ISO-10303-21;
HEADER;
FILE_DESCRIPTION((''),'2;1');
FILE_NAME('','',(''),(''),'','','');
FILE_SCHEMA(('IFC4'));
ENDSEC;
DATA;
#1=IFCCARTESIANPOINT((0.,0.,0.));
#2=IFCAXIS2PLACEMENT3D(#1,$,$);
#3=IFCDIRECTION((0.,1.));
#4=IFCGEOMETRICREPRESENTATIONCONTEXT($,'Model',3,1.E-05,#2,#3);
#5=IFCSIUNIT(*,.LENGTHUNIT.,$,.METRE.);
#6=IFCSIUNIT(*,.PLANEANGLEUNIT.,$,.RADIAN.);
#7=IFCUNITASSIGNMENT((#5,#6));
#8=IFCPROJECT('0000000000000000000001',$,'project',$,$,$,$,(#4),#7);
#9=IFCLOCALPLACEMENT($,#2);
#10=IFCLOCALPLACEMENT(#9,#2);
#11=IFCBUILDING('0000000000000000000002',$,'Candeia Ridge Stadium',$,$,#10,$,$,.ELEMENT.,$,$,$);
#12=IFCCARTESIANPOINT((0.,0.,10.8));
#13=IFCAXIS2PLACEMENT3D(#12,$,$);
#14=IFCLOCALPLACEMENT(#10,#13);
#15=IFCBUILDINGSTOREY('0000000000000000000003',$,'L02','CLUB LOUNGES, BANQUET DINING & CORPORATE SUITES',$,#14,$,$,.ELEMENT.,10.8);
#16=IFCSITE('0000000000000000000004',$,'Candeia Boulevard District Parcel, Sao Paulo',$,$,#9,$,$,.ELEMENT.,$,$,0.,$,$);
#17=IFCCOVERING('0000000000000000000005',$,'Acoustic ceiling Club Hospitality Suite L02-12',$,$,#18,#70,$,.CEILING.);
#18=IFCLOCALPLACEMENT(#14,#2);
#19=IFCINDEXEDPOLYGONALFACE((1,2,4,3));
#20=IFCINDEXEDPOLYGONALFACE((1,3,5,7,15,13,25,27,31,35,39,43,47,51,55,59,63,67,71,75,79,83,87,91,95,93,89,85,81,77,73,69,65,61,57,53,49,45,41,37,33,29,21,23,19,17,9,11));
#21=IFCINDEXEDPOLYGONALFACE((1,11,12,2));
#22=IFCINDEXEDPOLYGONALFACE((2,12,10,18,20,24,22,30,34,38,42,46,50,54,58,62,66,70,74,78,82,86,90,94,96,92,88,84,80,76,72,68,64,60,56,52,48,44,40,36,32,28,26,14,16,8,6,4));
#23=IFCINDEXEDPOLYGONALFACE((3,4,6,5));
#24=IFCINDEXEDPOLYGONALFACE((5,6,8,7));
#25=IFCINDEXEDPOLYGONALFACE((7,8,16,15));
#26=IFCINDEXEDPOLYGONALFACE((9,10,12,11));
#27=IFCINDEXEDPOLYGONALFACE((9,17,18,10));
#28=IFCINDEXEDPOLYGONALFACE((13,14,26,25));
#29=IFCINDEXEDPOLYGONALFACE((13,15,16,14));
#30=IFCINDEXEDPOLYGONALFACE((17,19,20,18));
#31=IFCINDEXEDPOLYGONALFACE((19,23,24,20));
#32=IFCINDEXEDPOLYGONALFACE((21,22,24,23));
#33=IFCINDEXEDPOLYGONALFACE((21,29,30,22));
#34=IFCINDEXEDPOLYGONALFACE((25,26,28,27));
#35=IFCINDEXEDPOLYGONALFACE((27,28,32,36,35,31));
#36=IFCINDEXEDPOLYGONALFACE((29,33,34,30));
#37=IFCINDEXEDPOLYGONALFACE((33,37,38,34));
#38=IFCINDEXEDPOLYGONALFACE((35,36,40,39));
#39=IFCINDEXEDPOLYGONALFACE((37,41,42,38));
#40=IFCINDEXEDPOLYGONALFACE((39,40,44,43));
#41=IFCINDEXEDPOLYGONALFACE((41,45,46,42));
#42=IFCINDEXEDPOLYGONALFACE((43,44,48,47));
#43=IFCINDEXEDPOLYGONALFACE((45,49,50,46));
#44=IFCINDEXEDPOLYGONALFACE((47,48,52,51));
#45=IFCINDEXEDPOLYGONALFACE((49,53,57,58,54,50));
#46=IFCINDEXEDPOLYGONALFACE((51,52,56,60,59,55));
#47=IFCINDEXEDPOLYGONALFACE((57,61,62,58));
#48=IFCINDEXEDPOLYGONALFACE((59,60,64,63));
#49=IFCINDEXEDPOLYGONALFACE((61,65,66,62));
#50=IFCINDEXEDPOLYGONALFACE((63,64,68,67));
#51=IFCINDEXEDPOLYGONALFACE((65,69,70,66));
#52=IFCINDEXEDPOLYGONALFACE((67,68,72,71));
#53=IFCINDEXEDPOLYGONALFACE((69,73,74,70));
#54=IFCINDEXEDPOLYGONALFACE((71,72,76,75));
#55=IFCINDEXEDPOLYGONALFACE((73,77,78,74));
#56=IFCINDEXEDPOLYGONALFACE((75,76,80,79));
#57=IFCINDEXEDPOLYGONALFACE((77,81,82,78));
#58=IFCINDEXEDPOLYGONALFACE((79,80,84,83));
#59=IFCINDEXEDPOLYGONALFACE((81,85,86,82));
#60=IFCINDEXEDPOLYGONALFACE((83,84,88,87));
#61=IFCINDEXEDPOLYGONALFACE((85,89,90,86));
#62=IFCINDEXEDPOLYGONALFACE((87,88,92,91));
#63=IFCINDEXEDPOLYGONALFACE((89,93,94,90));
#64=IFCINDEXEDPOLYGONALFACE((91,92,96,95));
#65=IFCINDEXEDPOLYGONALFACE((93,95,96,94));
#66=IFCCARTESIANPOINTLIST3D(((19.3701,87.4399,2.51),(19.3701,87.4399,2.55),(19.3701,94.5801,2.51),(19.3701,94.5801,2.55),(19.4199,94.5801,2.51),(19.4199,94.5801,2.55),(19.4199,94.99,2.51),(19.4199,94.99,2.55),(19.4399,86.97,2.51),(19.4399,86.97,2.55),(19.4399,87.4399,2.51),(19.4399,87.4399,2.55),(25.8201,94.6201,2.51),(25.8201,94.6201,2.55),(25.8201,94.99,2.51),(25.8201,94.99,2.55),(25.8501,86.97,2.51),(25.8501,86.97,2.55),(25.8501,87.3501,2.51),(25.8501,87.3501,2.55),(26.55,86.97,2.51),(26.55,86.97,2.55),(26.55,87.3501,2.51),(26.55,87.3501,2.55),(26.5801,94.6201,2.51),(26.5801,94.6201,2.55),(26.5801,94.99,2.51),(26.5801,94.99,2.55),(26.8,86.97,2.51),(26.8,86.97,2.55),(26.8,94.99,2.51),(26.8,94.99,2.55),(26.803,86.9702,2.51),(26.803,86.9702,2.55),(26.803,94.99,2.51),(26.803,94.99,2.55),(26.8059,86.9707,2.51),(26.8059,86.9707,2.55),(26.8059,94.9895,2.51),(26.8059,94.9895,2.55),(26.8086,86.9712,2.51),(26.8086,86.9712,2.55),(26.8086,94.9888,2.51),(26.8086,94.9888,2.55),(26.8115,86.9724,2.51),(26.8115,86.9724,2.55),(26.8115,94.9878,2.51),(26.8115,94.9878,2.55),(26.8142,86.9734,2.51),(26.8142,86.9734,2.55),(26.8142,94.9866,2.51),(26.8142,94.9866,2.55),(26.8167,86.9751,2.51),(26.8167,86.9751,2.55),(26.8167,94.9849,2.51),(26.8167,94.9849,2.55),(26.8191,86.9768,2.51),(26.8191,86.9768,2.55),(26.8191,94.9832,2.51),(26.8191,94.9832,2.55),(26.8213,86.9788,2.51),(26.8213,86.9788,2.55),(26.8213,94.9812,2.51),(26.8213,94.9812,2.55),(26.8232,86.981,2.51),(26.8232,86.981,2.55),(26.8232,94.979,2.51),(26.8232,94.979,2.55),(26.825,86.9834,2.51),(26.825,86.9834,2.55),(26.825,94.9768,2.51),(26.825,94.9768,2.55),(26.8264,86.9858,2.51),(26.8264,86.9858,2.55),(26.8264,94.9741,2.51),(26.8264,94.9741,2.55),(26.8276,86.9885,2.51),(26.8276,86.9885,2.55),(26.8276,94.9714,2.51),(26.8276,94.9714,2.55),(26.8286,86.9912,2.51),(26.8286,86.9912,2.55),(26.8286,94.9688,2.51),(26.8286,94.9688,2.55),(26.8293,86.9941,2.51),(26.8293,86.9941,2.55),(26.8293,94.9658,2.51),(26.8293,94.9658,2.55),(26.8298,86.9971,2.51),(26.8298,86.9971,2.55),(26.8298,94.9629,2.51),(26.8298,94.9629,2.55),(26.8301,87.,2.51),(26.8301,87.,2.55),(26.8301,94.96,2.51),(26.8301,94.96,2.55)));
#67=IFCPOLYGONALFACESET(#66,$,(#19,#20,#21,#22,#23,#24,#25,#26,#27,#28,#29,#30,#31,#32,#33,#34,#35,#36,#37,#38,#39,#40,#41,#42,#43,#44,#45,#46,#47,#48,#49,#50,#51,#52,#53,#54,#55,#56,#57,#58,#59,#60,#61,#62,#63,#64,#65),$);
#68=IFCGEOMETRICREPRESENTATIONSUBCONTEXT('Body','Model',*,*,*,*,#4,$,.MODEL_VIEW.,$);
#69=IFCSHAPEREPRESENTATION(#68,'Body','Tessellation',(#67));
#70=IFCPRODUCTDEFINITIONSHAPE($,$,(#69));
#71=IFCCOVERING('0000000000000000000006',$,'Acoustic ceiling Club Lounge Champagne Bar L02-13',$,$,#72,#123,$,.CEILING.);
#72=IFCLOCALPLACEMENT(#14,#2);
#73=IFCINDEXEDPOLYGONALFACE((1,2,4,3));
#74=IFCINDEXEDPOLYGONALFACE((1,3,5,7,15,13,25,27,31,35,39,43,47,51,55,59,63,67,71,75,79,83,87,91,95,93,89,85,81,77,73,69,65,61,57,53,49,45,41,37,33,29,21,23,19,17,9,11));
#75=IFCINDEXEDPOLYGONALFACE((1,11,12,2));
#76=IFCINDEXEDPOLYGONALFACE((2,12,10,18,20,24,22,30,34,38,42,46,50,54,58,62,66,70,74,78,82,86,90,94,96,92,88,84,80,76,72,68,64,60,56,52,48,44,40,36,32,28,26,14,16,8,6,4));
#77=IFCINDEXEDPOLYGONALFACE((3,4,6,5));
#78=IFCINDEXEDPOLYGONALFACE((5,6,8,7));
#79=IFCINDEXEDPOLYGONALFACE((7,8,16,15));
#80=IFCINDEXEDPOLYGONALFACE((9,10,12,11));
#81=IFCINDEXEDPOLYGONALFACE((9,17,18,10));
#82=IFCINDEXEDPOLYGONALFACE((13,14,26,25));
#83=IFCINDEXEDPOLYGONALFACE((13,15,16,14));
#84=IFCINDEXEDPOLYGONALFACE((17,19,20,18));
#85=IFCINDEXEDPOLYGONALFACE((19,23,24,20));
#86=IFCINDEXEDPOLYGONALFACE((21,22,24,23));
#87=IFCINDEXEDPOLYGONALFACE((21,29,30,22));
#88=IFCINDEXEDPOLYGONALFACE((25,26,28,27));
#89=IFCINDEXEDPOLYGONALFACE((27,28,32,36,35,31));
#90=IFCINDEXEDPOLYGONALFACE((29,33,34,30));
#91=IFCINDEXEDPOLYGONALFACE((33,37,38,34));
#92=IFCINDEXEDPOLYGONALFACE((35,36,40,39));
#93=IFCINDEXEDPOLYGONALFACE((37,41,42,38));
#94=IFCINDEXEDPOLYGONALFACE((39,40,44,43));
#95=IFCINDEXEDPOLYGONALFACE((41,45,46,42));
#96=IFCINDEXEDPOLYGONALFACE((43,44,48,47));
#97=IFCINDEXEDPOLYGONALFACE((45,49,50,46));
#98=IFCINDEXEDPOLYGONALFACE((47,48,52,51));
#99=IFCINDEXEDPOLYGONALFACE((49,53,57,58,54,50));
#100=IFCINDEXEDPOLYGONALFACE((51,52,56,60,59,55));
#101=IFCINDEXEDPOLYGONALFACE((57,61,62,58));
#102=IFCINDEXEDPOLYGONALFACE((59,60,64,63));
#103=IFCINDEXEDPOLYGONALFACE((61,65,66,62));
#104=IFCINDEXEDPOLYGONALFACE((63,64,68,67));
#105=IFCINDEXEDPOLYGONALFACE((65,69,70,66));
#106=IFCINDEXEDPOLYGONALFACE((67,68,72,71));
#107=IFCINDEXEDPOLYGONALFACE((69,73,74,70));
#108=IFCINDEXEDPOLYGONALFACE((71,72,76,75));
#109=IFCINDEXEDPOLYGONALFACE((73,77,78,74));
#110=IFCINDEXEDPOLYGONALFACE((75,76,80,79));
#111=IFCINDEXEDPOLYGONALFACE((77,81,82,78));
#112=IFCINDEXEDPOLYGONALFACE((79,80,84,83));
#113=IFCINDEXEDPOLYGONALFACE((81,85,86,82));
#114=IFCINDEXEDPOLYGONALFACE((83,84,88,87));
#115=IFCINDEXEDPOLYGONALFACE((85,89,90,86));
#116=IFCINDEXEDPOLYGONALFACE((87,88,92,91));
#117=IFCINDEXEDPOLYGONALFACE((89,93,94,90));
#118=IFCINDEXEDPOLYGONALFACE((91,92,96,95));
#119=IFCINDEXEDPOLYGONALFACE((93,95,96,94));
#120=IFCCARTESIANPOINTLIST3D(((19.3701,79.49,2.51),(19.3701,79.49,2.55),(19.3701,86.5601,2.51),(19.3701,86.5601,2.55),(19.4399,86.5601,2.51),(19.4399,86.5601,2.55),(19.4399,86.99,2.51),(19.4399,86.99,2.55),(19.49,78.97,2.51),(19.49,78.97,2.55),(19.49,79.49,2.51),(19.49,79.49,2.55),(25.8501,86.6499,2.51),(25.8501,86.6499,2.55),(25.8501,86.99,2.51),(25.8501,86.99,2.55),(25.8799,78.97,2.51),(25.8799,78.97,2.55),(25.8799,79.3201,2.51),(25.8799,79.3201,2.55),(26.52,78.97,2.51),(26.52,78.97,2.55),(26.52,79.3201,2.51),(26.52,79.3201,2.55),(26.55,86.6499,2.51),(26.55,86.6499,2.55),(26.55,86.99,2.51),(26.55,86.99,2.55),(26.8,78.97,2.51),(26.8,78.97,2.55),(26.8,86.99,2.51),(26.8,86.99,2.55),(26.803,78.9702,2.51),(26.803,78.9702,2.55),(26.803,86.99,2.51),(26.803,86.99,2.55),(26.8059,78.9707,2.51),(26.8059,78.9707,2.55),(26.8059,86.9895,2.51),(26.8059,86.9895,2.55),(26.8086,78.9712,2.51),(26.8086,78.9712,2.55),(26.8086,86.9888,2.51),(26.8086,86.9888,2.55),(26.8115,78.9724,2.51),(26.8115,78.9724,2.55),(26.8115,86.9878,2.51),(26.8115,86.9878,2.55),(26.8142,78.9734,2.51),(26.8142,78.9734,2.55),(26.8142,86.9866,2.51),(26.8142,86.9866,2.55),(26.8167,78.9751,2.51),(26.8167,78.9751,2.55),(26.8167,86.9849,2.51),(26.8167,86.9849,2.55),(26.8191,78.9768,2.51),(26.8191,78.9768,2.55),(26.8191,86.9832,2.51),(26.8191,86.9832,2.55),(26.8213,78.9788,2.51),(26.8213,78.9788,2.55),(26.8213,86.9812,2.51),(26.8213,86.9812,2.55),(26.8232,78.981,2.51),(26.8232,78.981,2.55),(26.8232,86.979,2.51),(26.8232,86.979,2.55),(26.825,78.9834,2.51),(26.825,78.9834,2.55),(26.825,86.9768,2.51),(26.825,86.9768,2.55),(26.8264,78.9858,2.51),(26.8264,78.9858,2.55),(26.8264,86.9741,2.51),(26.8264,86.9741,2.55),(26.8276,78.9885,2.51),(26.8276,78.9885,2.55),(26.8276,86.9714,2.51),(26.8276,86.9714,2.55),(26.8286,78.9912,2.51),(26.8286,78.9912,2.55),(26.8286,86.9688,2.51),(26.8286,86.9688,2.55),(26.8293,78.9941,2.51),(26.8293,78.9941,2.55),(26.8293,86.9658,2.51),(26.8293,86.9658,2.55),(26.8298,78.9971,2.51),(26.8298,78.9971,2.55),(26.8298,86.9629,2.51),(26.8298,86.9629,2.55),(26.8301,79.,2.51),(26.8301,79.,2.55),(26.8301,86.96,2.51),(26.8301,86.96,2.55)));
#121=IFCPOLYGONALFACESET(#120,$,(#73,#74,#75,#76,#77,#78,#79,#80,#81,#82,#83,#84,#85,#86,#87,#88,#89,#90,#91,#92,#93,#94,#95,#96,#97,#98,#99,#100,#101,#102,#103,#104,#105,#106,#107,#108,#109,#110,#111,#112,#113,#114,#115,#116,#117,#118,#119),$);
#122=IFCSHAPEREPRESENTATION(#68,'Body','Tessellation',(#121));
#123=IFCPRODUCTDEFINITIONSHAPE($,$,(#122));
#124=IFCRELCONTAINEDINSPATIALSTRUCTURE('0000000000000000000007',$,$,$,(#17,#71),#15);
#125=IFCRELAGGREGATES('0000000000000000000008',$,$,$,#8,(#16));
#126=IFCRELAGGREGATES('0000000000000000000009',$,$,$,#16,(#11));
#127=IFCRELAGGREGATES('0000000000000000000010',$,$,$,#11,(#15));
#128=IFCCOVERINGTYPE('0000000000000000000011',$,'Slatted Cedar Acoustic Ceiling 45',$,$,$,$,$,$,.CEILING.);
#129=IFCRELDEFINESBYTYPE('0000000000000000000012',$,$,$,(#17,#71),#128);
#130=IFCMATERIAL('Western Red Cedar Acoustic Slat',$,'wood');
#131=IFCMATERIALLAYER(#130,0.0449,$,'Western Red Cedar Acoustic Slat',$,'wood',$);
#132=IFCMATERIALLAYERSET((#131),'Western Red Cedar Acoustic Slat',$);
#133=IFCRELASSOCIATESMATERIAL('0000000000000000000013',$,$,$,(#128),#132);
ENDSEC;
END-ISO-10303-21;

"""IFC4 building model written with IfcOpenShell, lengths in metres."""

from ifc_helpers import new_model, si_unit, direction, frame, origin, place, context, subcontext, project, spatial, polyline, outline, extrude, material, layer, layer_set, type_object, element, save


model = new_model("IFC4")

# Units and contexts
model_context = context("Model", 3, precision=1e-05, world=origin(), true_north=direction((0.0, 1.0)))
body_context = subcontext(model_context, "Body", "Model", "MODEL_VIEW")
ifc_project = project(units=[si_unit("LENGTHUNIT", "METRE"), si_unit("PLANEANGLEUNIT", "RADIAN")], contexts=[model_context])

# Site, building, storey
site_placement = place(None, origin())
site = spatial("IfcSite", under=ifc_project, at=site_placement, Name="Candeia Boulevard District Parcel, Sao Paulo", CompositionType="ELEMENT", RefElevation=0.0)
building_placement = place(site_placement, origin())
building = spatial("IfcBuilding", under=site, at=building_placement, Name="Candeia Ridge Stadium", CompositionType="ELEMENT")
storey_placement = place(building_placement, frame((0.0, 0.0, 10.8)))
storey = spatial("IfcBuildingStorey", under=building, at=storey_placement, Name="L02", Description="CLUB LOUNGES, BANQUET DINING & CORPORATE SUITES", CompositionType="ELEMENT", Elevation=10.8)

# Coverings
ifc_material_1 = material(Name="Western Red Cedar Acoustic Slat", Category="wood")
ifc_layer_1 = layer(ifc_material_1, 0.0449, Name="Western Red Cedar Acoustic Slat", Category="wood")
ifc_layer_set_1 = layer_set([ifc_layer_1], Name="Western Red Cedar Acoustic Slat")
covering_type = type_object("IfcCoveringType", Name="Slatted Cedar Acoustic Ceiling 45", PredefinedType="CEILING", material=ifc_layer_set_1)
covering_1_placement = place(storey_placement, frame((0.0, 0.0, 2.51)))
element("IfcCovering", 1, at=covering_1_placement, inside=storey, type_object=covering_type, Name="Acoustic ceiling Club Hospitality Suite L02-12", PredefinedType="CEILING", context=body_context, shape_type="SweptSolid", body=[
    extrude(outline(polyline([(26.8293, 86.9941), (26.8286, 86.9912), (26.8276, 86.9885), (26.8264, 86.9858), (26.825, 86.9834), (26.8232, 86.981), (26.8213, 86.9788), (26.8191, 86.9768), (26.8167, 86.9751), (26.8142, 86.9734), (26.8115, 86.9724), (26.8086, 86.9712), (26.8059, 86.9707), (26.803, 86.9702), (26.8, 86.97), (26.55, 86.97), (26.55, 87.3501), (25.8501, 87.3501), (25.8501, 86.97), (19.4399, 86.97), (19.4399, 87.4399), (19.3701, 87.4399), (19.3701, 94.5801), (19.4199, 94.5801), (19.4199, 94.99), (25.8201, 94.99), (25.8201, 94.6201), (26.5801, 94.6201), (26.5801, 94.99), (26.8, 94.99), (26.803, 94.99), (26.8059, 94.9895), (26.8086, 94.9888), (26.8115, 94.9878), (26.8142, 94.9866), (26.8167, 94.9849), (26.8191, 94.9832), (26.8213, 94.9812), (26.8232, 94.979), (26.825, 94.9768), (26.8264, 94.9741), (26.8276, 94.9714), (26.8286, 94.9688), (26.8293, 94.9658), (26.8298, 94.9629), (26.8301, 94.96), (26.8301, 87.0), (26.8298, 86.9971), (26.8293, 86.9941)])), origin(), (0.0, 0.0, 1.0), 0.04),
])
covering_2_placement = place(storey_placement, frame((0.0, 0.0, 2.51)))
element("IfcCovering", 2, at=covering_2_placement, inside=storey, type_object=covering_type, Name="Acoustic ceiling Club Lounge Champagne Bar L02-13", PredefinedType="CEILING", context=body_context, shape_type="SweptSolid", body=[
    extrude(outline(polyline([(26.8293, 78.9941), (26.8286, 78.9912), (26.8276, 78.9885), (26.8264, 78.9858), (26.825, 78.9834), (26.8232, 78.981), (26.8213, 78.9788), (26.8191, 78.9768), (26.8167, 78.9751), (26.8142, 78.9734), (26.8115, 78.9724), (26.8086, 78.9712), (26.8059, 78.9707), (26.803, 78.9702), (26.8, 78.97), (26.52, 78.97), (26.52, 79.3201), (25.8799, 79.3201), (25.8799, 78.97), (19.49, 78.97), (19.49, 79.49), (19.3701, 79.49), (19.3701, 86.5601), (19.4399, 86.5601), (19.4399, 86.99), (25.8501, 86.99), (25.8501, 86.6499), (26.55, 86.6499), (26.55, 86.99), (26.8, 86.99), (26.803, 86.99), (26.8059, 86.9895), (26.8086, 86.9888), (26.8115, 86.9878), (26.8142, 86.9866), (26.8167, 86.9849), (26.8191, 86.9832), (26.8213, 86.9812), (26.8232, 86.979), (26.825, 86.9768), (26.8264, 86.9741), (26.8276, 86.9714), (26.8286, 86.9688), (26.8293, 86.9658), (26.8298, 86.9629), (26.8301, 86.96), (26.8301, 79.0), (26.8298, 78.9971), (26.8293, 78.9941)])), origin(), (0.0, 0.0, 1.0), 0.04),
])

save(model, "model.ifc")
